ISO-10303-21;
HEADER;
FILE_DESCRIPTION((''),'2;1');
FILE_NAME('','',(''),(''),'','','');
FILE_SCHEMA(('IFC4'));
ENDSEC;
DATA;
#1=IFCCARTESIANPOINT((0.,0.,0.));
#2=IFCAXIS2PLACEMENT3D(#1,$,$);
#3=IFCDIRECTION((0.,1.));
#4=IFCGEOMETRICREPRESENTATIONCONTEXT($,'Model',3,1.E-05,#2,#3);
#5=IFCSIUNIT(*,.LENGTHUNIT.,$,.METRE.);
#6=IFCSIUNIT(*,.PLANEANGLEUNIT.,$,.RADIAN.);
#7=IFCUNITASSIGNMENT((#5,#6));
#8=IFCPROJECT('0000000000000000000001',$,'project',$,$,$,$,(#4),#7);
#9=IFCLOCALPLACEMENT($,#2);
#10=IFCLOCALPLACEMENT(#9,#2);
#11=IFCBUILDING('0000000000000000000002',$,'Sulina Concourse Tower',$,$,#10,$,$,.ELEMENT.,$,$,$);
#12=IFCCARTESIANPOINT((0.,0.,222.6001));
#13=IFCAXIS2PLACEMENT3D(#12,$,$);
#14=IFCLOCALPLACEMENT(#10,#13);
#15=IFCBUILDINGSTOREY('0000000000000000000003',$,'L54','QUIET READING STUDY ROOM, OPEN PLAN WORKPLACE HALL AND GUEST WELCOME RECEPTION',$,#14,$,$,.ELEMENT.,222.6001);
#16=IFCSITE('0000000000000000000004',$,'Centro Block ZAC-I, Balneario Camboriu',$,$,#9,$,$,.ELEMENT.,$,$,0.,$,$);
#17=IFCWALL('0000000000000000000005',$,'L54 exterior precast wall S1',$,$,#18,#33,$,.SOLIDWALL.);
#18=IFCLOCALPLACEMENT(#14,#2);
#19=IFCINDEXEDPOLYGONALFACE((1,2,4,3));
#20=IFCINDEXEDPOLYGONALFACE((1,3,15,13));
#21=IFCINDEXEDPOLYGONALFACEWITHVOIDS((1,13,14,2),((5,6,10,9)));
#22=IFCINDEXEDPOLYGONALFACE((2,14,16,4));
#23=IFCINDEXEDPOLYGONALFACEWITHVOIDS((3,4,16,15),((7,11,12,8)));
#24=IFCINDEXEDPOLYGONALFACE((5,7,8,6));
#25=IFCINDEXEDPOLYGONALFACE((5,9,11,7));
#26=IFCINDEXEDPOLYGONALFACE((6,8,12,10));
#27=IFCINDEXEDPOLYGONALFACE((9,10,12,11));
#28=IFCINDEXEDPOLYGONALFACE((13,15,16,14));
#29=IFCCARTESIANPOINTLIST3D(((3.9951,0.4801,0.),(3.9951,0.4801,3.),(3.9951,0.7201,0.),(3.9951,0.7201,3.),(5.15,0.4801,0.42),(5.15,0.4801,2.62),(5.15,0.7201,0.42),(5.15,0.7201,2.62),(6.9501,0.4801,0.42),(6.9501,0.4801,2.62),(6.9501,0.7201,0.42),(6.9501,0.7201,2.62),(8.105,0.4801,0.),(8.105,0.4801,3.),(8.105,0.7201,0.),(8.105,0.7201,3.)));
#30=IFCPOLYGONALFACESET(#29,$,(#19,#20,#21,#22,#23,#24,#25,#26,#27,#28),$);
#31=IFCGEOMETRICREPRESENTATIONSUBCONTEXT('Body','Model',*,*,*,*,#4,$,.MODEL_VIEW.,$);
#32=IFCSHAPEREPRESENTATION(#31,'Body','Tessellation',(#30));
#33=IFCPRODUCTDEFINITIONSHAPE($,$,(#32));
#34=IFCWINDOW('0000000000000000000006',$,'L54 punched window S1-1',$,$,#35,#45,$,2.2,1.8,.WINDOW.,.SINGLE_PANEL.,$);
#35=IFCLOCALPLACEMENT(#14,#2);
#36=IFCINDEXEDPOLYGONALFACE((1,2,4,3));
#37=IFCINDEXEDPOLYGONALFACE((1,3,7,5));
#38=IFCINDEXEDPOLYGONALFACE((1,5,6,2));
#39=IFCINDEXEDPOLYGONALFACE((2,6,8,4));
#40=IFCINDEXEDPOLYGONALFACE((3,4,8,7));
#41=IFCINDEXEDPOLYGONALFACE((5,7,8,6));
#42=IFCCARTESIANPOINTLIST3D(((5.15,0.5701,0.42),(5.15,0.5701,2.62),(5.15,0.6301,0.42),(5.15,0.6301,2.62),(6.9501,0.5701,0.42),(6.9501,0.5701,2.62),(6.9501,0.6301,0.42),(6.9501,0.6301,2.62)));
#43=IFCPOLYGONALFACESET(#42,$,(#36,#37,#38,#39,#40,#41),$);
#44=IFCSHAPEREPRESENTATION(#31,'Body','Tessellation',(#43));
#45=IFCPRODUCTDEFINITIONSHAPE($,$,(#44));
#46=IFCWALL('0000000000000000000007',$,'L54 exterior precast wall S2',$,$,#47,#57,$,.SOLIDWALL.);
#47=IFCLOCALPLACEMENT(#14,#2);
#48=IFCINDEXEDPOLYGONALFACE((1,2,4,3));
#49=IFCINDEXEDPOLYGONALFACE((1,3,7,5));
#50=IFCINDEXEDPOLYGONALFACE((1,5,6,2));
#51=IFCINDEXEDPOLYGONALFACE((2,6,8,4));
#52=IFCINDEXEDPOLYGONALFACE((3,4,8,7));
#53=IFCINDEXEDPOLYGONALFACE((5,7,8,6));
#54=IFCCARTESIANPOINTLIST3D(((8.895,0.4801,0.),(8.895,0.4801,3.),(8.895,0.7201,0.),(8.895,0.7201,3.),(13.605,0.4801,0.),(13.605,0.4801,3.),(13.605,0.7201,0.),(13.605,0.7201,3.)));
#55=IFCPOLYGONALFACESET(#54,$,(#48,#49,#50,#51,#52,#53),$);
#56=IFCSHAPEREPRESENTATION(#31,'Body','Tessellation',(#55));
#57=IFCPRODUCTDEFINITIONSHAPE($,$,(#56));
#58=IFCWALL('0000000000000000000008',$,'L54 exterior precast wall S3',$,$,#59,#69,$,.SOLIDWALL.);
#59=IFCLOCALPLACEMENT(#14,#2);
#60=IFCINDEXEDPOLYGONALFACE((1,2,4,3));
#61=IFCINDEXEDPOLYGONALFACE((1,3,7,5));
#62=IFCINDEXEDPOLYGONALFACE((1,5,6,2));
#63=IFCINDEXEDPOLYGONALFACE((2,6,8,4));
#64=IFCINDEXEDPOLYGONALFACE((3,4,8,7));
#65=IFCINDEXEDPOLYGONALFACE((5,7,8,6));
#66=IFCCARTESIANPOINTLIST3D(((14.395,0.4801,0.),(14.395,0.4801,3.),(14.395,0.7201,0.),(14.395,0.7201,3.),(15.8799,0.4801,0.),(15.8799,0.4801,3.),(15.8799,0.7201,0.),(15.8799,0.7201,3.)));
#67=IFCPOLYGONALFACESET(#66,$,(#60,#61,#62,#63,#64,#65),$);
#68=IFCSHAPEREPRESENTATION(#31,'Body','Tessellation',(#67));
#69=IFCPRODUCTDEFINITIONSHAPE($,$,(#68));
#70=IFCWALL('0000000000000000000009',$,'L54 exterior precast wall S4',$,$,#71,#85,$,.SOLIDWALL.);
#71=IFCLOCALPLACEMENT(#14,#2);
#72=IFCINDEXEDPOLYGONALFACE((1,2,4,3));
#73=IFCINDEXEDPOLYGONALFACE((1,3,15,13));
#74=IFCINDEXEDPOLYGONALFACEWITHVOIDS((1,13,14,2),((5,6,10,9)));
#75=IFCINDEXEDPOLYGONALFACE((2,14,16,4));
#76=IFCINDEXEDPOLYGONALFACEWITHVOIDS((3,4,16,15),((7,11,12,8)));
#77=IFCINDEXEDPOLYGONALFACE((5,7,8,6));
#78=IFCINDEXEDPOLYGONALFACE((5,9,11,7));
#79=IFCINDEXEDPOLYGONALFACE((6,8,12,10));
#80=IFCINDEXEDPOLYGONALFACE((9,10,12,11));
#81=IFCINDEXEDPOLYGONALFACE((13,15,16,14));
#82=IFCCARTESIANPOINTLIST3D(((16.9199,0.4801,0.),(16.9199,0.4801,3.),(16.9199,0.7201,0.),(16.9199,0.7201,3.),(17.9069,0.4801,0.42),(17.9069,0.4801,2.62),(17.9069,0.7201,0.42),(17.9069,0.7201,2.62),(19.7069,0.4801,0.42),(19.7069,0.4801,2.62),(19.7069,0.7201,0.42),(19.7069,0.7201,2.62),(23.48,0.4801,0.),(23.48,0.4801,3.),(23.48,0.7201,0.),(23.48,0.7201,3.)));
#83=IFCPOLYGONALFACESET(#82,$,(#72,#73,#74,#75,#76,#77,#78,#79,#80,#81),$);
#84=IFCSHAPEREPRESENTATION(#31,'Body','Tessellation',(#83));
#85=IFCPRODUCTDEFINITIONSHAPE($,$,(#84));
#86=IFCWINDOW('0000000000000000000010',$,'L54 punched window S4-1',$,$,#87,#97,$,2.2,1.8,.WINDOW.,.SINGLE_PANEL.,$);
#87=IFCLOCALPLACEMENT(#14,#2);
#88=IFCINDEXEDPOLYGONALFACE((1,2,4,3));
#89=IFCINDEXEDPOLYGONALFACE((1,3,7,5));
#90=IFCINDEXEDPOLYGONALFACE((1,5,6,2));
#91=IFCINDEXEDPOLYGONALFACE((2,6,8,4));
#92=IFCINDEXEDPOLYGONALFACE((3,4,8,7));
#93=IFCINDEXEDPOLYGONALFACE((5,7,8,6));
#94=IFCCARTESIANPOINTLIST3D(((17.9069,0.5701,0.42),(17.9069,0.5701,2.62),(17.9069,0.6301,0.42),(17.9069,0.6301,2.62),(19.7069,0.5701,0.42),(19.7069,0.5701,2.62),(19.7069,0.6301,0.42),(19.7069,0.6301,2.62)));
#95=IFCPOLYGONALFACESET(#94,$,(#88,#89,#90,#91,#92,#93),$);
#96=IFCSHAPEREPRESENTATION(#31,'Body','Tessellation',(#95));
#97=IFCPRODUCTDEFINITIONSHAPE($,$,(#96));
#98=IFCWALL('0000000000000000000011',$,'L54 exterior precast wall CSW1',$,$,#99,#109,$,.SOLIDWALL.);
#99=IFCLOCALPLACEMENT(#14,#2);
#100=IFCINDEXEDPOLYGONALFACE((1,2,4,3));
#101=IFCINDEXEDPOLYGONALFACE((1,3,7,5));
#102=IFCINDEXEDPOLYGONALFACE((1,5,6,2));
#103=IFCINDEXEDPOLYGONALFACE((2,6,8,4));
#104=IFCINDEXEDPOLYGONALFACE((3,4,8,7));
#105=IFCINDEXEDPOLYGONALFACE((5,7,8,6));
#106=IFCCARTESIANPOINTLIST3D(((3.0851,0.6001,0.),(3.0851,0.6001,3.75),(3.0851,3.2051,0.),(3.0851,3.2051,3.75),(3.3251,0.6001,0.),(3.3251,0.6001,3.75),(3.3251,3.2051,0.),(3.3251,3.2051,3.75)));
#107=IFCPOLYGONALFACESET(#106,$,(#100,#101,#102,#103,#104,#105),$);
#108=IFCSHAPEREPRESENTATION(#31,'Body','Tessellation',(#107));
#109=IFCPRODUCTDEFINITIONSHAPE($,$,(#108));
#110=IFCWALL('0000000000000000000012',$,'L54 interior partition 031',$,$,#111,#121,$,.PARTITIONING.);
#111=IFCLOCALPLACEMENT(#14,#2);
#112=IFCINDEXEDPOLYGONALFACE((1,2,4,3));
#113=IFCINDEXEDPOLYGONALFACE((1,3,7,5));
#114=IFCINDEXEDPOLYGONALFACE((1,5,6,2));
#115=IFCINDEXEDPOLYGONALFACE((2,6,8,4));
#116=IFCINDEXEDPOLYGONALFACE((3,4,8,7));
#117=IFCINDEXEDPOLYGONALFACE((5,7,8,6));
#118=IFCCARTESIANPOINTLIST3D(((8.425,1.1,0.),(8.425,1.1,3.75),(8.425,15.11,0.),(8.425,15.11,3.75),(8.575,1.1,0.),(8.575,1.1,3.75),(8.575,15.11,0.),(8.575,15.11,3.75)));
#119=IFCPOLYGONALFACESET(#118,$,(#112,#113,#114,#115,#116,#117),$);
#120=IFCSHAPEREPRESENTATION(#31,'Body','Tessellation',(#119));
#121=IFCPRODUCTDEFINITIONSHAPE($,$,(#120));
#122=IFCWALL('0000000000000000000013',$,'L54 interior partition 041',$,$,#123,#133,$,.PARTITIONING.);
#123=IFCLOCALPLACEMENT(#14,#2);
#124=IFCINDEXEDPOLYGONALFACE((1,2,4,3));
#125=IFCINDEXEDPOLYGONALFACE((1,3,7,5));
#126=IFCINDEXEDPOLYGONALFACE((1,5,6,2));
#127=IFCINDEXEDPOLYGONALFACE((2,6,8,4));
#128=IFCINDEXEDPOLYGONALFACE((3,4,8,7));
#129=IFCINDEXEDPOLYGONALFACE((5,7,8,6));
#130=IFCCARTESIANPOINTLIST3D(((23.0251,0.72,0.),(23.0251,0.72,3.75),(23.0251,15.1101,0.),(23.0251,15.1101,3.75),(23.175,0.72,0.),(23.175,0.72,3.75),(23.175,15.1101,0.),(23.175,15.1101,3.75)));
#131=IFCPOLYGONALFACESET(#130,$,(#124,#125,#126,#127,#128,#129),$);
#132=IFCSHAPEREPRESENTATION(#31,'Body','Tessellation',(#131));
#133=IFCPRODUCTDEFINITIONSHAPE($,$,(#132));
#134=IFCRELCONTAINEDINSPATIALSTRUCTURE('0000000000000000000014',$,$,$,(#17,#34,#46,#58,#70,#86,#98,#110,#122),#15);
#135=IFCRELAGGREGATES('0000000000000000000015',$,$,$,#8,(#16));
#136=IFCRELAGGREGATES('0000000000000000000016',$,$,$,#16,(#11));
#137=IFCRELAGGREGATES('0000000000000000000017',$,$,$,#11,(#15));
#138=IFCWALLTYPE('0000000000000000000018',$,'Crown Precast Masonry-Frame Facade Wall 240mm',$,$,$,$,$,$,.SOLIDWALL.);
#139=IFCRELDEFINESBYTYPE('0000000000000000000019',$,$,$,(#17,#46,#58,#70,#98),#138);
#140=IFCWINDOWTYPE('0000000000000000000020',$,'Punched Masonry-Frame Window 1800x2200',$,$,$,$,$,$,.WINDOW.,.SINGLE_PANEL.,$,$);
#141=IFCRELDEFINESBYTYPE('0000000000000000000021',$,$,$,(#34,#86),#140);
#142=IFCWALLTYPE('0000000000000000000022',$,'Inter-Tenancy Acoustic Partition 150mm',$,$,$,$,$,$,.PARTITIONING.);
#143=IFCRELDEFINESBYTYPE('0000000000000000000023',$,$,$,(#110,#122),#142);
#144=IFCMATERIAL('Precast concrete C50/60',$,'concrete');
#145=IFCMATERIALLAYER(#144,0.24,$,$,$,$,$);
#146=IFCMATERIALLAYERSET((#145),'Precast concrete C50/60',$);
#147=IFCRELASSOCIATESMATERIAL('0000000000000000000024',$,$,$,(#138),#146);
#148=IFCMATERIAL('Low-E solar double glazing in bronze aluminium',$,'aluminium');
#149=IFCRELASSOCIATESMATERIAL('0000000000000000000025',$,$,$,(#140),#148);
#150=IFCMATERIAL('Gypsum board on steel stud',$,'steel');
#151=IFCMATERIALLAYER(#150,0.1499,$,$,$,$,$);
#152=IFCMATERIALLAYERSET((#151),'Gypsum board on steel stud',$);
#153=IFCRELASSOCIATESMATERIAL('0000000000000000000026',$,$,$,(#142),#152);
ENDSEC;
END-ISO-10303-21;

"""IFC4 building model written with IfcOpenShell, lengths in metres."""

from ifc_helpers import new_model, si_unit, direction, frame, frame_2d, origin, place, context, subcontext, project, spatial, rectangle, extrude, material, layer, layer_set, type_object, element, fill, save


model = new_model("IFC4")

# Units and contexts
model_context = context("Model", 3, precision=1e-05, world=origin(), true_north=direction((0.0, 1.0)))
body_context = subcontext(model_context, "Body", "Model", "MODEL_VIEW")
ifc_project = project(units=[si_unit("LENGTHUNIT", "METRE"), si_unit("PLANEANGLEUNIT", "RADIAN")], contexts=[model_context])

# Site, building, storey
site_placement = place(None, origin())
site = spatial("IfcSite", under=ifc_project, at=site_placement, Name="Centro Block ZAC-I, Balneario Camboriu", CompositionType="ELEMENT", RefElevation=0.0)
building_placement = place(site_placement, origin())
building = spatial("IfcBuilding", under=site, at=building_placement, Name="Sulina Concourse Tower", CompositionType="ELEMENT")
storey_placement = place(building_placement, frame((0.0, 0.0, 222.6001)))
storey = spatial("IfcBuildingStorey", under=building, at=storey_placement, Name="L54", Description="QUIET READING STUDY ROOM, OPEN PLAN WORKPLACE HALL AND GUEST WELCOME RECEPTION", CompositionType="ELEMENT", Elevation=222.6001)

# Wall, opening, window
ifc_material_1 = material(Name="Precast concrete C50/60", Category="concrete")
ifc_layer_1 = layer(ifc_material_1, 0.24)
ifc_layer_set_1 = layer_set([ifc_layer_1], Name="Precast concrete C50/60")
wall_type_1 = type_object("IfcWallType", Name="Crown Precast Masonry-Frame Facade Wall 240mm", PredefinedType="SOLIDWALL", material=ifc_layer_set_1)
wall_1_placement = place(storey_placement, frame((8.105, 0.6001, 0.0), z_axis=(0.0, 0.0, 1.0), x_axis=(-1.0, 0.0, 0.0)))
wall_1 = element("IfcWall", 1, at=wall_1_placement, inside=storey, type_object=wall_type_1, Name="L54 exterior precast wall S1", PredefinedType="SOLIDWALL", context=body_context, shape_type="SweptSolid", body=[
    extrude(rectangle(XDim=4.1099, YDim=0.24, at=frame_2d((2.0549, 0.0))), origin(), (0.0, 0.0, 1.0), 3.0),
])
opening_1_placement = place(wall_1_placement, frame((1.155, 0.0, 0.4199)))
opening_1 = element("IfcOpeningElement", 2, at=opening_1_placement, cuts=wall_1, PredefinedType="OPENING", context=body_context, shape_type="SweptSolid", body=[
    extrude(rectangle(XDim=1.8, YDim=2.2, at=frame_2d((0.8999, 1.1001))), frame((0.0, 0.1299, 0.0), z_axis=(0.0, -1.0, 0.0), x_axis=(1.0, 0.0, 0.0)), (0.0, 0.0, 1.0), 0.26),
])
ifc_material_2 = material(Name="Low-E solar double glazing in bronze aluminium", Category="aluminium")
window_type = type_object("IfcWindowType", Name="Punched Masonry-Frame Window 1800x2200", PartitioningType="SINGLE_PANEL", PredefinedType="WINDOW", material=ifc_material_2)
window_1_placement = place(opening_1_placement, origin())
window_1 = element("IfcWindow", 3, at=window_1_placement, inside=storey, type_object=window_type, Name="L54 punched window S1-1", OverallHeight=2.2, OverallWidth=1.8, PartitioningType="SINGLE_PANEL", PredefinedType="WINDOW", context=body_context, shape_type="SweptSolid", body=[
    extrude(rectangle(XDim=1.8, YDim=2.2, at=frame_2d((0.8999, 1.1001))), frame((0.0, 0.03, 0.0), z_axis=(0.0, -1.0, 0.0), x_axis=(1.0, 0.0, 0.0)), (0.0, 0.0, 1.0), 0.0601),
])
fill(opening_1, window_1)

# Walls
wall_2_placement = place(storey_placement, frame((13.605, 0.6001, 0.0), z_axis=(0.0, 0.0, 1.0), x_axis=(-1.0, 0.0, 0.0)))
element("IfcWall", 4, at=wall_2_placement, inside=storey, type_object=wall_type_1, Name="L54 exterior precast wall S2", PredefinedType="SOLIDWALL", context=body_context, shape_type="SweptSolid", body=[
    extrude(rectangle(XDim=4.71, YDim=0.24, at=frame_2d((2.355, 0.0))), origin(), (0.0, 0.0, 1.0), 3.0),
])
wall_3_placement = place(storey_placement, frame((15.8799, 0.6001, 0.0), z_axis=(0.0, 0.0, 1.0), x_axis=(-1.0, 0.0, 0.0)))
element("IfcWall", 5, at=wall_3_placement, inside=storey, type_object=wall_type_1, Name="L54 exterior precast wall S3", PredefinedType="SOLIDWALL", context=body_context, shape_type="SweptSolid", body=[
    extrude(rectangle(XDim=1.4849, YDim=0.24, at=frame_2d((0.7424, 0.0))), origin(), (0.0, 0.0, 1.0), 3.0),
])

# Wall, opening, window
wall_4_placement = place(storey_placement, frame((23.48, 0.6001, 0.0), z_axis=(0.0, 0.0, 1.0), x_axis=(-1.0, 0.0, 0.0)))
wall_4 = element("IfcWall", 6, at=wall_4_placement, inside=storey, type_object=wall_type_1, Name="L54 exterior precast wall S4", PredefinedType="SOLIDWALL", context=body_context, shape_type="SweptSolid", body=[
    extrude(rectangle(XDim=6.5601, YDim=0.24, at=frame_2d((3.28, 0.0))), origin(), (0.0, 0.0, 1.0), 3.0),
])
opening_2_placement = place(wall_4_placement, frame((3.7732, 0.0, 0.4199)))
opening_2 = element("IfcOpeningElement", 7, at=opening_2_placement, cuts=wall_4, PredefinedType="OPENING", context=body_context, shape_type="SweptSolid", body=[
    extrude(rectangle(XDim=1.8, YDim=2.2, at=frame_2d((0.8999, 1.1001))), frame((0.0, 0.1299, 0.0), z_axis=(0.0, -1.0, 0.0), x_axis=(1.0, 0.0, 0.0)), (0.0, 0.0, 1.0), 0.26),
])
window_2_placement = place(opening_2_placement, origin())
window_2 = element("IfcWindow", 8, at=window_2_placement, inside=storey, type_object=window_type, Name="L54 punched window S4-1", OverallHeight=2.2, OverallWidth=1.8, PartitioningType="SINGLE_PANEL", PredefinedType="WINDOW", context=body_context, shape_type="SweptSolid", body=[
    extrude(rectangle(XDim=1.8, YDim=2.2, at=frame_2d((0.8999, 1.1001))), frame((0.0, 0.03, 0.0), z_axis=(0.0, -1.0, 0.0), x_axis=(1.0, 0.0, 0.0)), (0.0, 0.0, 1.0), 0.0601),
])
fill(opening_2, window_2)

# Walls
wall_5_placement = place(storey_placement, frame((3.2051, 0.6001, 0.0), z_axis=(0.0, 0.0, 1.0), x_axis=(0.0, 1.0, 0.0)))
element("IfcWall", 9, at=wall_5_placement, inside=storey, type_object=wall_type_1, Name="L54 exterior precast wall CSW1", PredefinedType="SOLIDWALL", context=body_context, shape_type="SweptSolid", body=[
    extrude(rectangle(XDim=2.605, YDim=0.24, at=frame_2d((1.3025, 0.0))), origin(), (0.0, 0.0, 1.0), 3.75),
])
ifc_material_3 = material(Name="Gypsum board on steel stud", Category="steel")
ifc_layer_2 = layer(ifc_material_3, 0.1499)
ifc_layer_set_2 = layer_set([ifc_layer_2], Name="Gypsum board on steel stud")
wall_type_2 = type_object("IfcWallType", Name="Inter-Tenancy Acoustic Partition 150mm", PredefinedType="PARTITIONING", material=ifc_layer_set_2)
wall_6_placement = place(storey_placement, frame((8.5, 1.1001, 0.0), z_axis=(0.0, 0.0, 1.0), x_axis=(0.0, 1.0, 0.0)))
element("IfcWall", 10, at=wall_6_placement, inside=storey, type_object=wall_type_2, Name="L54 interior partition 031", PredefinedType="PARTITIONING", context=body_context, shape_type="SweptSolid", body=[
    extrude(rectangle(XDim=14.01, YDim=0.1499, at=frame_2d((7.0049, 0.0))), origin(), (0.0, 0.0, 1.0), 3.75),
])
wall_7_placement = place(storey_placement, frame((23.1001, 0.72, 0.0), z_axis=(0.0, 0.0, 1.0), x_axis=(0.0, 1.0, 0.0)))
element("IfcWall", 11, at=wall_7_placement, inside=storey, type_object=wall_type_2, Name="L54 interior partition 041", PredefinedType="PARTITIONING", context=body_context, shape_type="SweptSolid", body=[
    extrude(rectangle(XDim=14.3901, YDim=0.1499, at=frame_2d((7.1951, 0.0))), origin(), (0.0, 0.0, 1.0), 3.75),
])

save(model, "model.ifc")
